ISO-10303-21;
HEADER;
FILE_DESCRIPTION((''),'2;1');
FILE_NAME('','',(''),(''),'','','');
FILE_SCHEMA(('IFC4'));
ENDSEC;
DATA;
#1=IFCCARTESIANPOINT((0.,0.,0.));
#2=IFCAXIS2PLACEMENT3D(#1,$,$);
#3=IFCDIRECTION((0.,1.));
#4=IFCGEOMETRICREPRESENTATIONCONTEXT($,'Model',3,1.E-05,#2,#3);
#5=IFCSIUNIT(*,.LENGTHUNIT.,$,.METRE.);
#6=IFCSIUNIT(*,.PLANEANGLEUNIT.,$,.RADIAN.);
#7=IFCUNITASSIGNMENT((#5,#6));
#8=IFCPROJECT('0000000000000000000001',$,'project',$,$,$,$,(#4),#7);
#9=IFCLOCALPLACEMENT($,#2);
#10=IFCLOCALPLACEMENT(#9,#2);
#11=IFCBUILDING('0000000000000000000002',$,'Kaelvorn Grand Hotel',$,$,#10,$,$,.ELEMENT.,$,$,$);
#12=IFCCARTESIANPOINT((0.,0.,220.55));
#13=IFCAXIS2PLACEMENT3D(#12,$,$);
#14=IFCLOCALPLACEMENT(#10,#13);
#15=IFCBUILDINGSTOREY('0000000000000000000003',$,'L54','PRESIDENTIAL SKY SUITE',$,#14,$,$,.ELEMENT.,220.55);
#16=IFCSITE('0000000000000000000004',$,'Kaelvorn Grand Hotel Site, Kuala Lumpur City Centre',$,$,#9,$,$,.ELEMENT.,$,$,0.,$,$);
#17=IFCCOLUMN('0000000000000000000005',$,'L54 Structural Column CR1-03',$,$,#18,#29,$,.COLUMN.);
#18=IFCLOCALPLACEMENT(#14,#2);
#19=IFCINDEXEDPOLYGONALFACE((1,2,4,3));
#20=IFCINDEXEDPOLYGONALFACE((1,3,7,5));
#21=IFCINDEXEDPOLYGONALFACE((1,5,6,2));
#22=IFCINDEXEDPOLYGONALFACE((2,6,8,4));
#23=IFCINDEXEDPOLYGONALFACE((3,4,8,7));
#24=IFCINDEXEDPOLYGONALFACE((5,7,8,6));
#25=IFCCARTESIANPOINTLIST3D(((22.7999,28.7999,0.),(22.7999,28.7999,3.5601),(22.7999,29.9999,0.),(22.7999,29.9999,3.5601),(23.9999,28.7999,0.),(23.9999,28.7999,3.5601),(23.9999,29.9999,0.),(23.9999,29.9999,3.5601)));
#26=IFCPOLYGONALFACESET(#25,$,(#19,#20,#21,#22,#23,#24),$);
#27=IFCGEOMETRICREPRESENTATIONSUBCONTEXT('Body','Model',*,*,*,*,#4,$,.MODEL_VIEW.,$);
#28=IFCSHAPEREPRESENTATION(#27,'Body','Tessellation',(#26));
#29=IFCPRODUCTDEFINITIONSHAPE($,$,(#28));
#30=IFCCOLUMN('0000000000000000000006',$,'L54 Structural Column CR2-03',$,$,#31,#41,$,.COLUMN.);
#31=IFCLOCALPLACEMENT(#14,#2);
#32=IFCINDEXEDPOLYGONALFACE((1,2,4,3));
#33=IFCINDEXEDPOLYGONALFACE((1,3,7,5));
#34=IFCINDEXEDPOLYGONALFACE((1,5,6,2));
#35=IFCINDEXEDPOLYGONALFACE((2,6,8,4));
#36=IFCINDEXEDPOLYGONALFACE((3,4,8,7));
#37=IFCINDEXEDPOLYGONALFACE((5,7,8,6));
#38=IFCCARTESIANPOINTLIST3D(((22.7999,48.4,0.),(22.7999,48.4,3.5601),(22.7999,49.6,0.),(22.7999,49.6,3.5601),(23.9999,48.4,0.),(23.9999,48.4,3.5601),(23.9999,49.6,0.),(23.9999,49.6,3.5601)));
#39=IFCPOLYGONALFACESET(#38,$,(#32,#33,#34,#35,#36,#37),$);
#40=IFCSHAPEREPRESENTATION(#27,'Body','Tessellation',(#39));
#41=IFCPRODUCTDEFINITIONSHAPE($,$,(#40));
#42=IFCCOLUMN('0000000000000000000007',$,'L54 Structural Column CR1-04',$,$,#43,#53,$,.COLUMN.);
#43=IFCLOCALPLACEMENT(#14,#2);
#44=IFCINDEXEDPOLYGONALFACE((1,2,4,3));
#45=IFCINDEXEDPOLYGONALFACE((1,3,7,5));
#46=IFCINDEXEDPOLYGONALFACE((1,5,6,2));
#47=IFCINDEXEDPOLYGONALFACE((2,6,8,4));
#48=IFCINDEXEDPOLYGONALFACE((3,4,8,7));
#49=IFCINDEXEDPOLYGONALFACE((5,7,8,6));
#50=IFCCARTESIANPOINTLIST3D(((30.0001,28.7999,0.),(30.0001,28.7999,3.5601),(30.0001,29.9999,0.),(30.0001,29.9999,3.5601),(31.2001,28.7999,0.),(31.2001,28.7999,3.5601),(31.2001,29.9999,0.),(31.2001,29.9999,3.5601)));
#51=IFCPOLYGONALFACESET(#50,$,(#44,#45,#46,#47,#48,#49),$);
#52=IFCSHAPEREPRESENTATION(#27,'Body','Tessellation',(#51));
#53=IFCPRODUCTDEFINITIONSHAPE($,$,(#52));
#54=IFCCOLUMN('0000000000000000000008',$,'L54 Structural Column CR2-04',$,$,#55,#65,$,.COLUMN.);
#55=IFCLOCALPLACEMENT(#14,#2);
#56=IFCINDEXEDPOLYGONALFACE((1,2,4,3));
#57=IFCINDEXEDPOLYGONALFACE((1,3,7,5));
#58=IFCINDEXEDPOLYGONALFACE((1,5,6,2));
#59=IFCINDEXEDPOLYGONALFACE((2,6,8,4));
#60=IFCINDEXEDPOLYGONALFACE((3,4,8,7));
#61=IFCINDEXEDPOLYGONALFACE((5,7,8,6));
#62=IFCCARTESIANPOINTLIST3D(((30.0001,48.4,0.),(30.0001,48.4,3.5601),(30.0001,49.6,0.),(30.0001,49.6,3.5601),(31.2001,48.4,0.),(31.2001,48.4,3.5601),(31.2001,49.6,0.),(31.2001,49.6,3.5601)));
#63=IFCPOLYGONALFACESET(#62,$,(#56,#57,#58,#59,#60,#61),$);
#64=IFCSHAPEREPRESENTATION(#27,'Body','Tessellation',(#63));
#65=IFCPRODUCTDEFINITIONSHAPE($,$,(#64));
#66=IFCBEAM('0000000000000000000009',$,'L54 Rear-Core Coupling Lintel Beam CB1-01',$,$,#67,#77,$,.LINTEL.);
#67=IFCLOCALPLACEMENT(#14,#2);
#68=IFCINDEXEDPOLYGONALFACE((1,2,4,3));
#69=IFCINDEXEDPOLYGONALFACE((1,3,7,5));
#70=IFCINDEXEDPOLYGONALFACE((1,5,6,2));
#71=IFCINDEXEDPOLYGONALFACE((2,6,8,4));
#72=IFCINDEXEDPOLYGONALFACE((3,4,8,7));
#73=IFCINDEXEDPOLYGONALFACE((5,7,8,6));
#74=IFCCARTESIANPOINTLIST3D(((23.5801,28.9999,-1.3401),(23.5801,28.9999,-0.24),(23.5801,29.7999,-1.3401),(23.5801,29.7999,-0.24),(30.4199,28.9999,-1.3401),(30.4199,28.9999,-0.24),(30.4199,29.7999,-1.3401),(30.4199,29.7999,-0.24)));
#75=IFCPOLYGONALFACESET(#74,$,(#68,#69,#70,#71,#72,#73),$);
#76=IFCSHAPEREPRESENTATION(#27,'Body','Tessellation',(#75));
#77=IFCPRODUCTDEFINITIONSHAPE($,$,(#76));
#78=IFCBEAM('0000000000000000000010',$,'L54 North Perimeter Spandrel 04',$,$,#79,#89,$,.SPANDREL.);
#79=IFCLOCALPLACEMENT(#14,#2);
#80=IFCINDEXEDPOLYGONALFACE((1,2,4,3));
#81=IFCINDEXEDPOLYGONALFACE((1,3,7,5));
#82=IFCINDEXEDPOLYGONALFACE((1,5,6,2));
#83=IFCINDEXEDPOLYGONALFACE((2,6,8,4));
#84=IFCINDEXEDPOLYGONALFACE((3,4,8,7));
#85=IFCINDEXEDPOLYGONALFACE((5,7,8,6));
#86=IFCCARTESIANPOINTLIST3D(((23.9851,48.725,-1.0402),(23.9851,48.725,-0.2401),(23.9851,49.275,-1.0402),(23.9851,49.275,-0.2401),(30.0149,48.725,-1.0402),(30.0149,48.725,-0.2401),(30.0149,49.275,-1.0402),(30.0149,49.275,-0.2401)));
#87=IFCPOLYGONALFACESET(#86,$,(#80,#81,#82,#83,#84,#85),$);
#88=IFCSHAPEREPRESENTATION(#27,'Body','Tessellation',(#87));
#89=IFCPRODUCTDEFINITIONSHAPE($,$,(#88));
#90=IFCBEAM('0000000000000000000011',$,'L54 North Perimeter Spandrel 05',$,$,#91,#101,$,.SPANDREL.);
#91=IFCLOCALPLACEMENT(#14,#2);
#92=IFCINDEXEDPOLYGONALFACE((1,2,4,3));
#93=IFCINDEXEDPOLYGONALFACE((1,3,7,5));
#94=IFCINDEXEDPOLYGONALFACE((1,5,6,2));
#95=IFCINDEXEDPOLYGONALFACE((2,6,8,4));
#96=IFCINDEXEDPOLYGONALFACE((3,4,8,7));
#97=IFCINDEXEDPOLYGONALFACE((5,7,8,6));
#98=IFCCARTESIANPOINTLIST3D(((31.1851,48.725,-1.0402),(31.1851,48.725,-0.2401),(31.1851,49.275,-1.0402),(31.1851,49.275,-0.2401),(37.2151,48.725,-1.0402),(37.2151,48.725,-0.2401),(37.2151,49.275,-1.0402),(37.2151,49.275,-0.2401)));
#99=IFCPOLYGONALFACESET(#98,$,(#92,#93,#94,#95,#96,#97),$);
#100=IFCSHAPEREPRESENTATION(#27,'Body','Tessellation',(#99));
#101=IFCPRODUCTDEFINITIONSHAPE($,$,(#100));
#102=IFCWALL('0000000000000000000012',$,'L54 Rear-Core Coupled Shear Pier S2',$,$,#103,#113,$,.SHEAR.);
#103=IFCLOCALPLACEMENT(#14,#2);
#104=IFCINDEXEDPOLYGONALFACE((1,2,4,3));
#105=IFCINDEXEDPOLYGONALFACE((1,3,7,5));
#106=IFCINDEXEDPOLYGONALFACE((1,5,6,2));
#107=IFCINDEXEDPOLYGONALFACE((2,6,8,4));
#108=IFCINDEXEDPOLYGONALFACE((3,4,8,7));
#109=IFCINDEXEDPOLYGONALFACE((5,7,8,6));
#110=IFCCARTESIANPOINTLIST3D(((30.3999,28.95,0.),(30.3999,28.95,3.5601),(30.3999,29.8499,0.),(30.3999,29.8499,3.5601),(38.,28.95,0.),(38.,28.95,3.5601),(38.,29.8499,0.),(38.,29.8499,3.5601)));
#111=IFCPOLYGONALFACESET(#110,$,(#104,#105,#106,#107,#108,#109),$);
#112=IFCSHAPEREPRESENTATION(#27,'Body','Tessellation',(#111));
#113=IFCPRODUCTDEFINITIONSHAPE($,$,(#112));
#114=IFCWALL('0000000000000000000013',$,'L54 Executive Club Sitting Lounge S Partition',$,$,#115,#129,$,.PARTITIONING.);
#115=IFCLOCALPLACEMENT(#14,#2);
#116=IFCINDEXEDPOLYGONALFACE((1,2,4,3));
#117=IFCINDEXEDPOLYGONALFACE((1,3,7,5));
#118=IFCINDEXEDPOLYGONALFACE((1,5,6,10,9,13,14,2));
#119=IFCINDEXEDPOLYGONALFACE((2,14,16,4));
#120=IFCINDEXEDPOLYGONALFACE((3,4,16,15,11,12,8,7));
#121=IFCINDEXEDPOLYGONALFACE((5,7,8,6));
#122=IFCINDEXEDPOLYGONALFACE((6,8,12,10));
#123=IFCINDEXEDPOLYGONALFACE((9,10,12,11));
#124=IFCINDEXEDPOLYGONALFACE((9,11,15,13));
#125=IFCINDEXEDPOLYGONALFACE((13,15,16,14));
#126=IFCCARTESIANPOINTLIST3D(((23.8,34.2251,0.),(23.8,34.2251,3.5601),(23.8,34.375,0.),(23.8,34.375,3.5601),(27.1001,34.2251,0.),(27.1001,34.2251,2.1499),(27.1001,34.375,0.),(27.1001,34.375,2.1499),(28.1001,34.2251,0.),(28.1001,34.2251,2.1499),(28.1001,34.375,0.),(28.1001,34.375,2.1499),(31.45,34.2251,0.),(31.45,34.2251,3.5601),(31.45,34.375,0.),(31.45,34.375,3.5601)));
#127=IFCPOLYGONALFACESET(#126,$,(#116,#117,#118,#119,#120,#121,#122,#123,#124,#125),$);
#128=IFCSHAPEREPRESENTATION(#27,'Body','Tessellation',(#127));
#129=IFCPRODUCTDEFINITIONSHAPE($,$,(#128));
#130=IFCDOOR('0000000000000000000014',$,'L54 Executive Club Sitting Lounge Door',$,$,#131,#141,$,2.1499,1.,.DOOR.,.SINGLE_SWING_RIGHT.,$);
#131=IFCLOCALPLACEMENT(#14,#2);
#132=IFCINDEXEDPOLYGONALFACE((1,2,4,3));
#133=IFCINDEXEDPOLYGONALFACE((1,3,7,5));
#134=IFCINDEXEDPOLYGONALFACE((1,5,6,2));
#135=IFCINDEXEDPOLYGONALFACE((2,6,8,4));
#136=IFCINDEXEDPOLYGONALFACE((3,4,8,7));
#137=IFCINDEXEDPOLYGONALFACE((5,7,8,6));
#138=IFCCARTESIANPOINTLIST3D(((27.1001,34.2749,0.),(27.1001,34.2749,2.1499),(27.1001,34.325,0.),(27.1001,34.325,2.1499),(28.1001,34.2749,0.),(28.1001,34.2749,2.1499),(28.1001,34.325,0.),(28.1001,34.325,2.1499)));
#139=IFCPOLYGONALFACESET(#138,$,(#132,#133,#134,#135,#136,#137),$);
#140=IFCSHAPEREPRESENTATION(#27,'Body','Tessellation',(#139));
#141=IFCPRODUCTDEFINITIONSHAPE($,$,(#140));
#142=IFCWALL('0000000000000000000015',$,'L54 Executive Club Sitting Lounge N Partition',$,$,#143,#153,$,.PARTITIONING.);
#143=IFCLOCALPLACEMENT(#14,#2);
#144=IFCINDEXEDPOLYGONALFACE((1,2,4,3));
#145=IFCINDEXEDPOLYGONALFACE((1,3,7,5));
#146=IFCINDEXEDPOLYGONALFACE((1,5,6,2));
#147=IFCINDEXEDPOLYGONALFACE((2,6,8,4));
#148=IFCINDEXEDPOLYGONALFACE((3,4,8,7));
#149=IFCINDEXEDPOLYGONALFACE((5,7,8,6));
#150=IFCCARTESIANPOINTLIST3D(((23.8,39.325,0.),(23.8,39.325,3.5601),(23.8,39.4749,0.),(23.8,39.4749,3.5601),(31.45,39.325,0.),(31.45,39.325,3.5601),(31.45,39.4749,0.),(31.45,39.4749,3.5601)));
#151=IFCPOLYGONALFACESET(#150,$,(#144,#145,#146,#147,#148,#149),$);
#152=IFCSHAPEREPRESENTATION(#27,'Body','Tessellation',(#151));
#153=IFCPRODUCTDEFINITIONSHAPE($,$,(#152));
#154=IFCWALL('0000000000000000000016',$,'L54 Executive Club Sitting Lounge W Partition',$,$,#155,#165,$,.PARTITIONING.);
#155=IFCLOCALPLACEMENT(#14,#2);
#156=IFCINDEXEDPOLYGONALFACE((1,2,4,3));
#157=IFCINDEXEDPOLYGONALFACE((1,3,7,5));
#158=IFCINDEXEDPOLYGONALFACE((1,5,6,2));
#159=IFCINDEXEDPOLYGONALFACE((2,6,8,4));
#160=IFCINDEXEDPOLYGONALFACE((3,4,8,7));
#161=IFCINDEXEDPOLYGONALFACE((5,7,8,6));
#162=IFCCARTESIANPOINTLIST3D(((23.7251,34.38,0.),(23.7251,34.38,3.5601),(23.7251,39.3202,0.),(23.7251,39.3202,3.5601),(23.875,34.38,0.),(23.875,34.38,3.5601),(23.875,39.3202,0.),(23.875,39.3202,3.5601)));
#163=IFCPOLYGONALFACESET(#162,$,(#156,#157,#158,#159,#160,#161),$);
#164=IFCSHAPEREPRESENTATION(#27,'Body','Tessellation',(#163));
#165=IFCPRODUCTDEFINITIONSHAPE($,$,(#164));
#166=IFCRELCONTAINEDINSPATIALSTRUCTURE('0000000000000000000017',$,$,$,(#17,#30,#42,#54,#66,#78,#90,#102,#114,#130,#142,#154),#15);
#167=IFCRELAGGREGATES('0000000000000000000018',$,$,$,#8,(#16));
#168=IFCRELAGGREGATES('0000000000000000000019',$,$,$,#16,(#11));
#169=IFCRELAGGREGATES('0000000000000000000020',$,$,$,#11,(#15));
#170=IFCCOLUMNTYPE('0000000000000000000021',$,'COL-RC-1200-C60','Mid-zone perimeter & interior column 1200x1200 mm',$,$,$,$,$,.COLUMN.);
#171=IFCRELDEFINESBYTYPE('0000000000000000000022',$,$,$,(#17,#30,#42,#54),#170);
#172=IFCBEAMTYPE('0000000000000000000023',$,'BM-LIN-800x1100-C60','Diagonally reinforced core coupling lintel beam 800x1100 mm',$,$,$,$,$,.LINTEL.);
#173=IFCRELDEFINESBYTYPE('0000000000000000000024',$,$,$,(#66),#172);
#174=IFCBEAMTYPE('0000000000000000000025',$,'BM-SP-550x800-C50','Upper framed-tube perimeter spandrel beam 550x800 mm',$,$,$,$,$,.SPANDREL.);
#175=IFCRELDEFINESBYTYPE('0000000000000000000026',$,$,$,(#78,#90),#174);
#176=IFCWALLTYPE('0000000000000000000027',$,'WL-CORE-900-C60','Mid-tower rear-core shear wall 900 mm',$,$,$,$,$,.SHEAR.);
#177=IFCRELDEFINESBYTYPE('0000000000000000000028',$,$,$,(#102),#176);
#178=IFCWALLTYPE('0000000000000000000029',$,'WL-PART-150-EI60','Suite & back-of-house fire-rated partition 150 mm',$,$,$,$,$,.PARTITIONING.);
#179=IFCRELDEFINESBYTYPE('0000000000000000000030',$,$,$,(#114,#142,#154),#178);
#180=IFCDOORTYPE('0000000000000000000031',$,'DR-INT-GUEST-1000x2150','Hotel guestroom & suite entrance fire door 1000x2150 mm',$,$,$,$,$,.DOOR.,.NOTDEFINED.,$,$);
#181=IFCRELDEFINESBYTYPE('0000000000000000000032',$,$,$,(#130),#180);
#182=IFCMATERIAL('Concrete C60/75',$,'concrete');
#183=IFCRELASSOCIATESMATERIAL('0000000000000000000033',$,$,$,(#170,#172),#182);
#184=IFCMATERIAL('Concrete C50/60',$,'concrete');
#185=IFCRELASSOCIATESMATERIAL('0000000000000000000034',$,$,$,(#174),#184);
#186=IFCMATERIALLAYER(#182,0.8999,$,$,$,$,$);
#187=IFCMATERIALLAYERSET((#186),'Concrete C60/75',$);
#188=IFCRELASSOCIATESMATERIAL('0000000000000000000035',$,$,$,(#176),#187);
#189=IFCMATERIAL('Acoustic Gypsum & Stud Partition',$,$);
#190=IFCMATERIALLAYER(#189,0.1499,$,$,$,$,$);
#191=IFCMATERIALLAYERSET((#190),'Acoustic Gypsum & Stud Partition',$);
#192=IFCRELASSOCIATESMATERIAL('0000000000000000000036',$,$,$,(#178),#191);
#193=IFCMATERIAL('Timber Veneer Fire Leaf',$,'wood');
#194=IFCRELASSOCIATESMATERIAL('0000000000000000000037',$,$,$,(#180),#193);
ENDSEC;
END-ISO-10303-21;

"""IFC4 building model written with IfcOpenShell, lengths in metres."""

from ifc_helpers import new_model, si_unit, direction, frame, frame_2d, origin, origin_2d, place, context, subcontext, project, spatial, rectangle, extrude, material, layer, layer_set, material_profile, profile_set, type_object, element, fill, save


model = new_model("IFC4")

# Units and contexts
model_context = context("Model", 3, precision=1e-05, world=origin(), true_north=direction((0.0, 1.0)))
body_context = subcontext(model_context, "Body", "Model", "MODEL_VIEW")
ifc_project = project(units=[si_unit("LENGTHUNIT", "METRE"), si_unit("PLANEANGLEUNIT", "RADIAN")], contexts=[model_context])

# Site, building, storey
site_placement = place(None, origin())
site = spatial("IfcSite", under=ifc_project, at=site_placement, Name="Kaelvorn Grand Hotel Site, Kuala Lumpur City Centre", CompositionType="ELEMENT", RefElevation=0.0)
building_placement = place(site_placement, origin())
building = spatial("IfcBuilding", under=site, at=building_placement, Name="Kaelvorn Grand Hotel", CompositionType="ELEMENT")
storey_placement = place(building_placement, frame((0.0, 0.0, 220.55)))
storey = spatial("IfcBuildingStorey", under=building, at=storey_placement, Name="L54", Description="PRESIDENTIAL SKY SUITE", CompositionType="ELEMENT", Elevation=220.55)

# Columns
ifc_material_1 = material(Name="Concrete C60/75", Category="concrete")
ifc_material_profile_1 = material_profile(ifc_material_1, rectangle(XDim=1.2, YDim=1.2, at=origin_2d()), Name="RC COL 1200x1200")
ifc_profile_set_1 = profile_set([ifc_material_profile_1], Name="Concrete C60/75")
column_type = type_object("IfcColumnType", Name="COL-RC-1200-C60", Description="Mid-zone perimeter & interior column 1200x1200 mm", PredefinedType="COLUMN", material=ifc_profile_set_1)
for number, where, z_axis, x_axis, name in (
    (1, (23.3999, 29.3999, 0.0), (0.0, 0.0, 1.0), (1.0, 0.0, 0.0), "L54 Structural Column CR1-03"),
    (2, (23.3999, 49.0, 0.0), (0.0, 0.0, 1.0), (1.0, 0.0, 0.0), "L54 Structural Column CR2-03"),
    (3, (30.6001, 29.3999, 0.0), (0.0, 0.0, 1.0), (1.0, 0.0, 0.0), "L54 Structural Column CR1-04"),
    (4, (30.6001, 49.0, 0.0), (0.0, 0.0, 1.0), (1.0, 0.0, 0.0), "L54 Structural Column CR2-04"),
):
    element("IfcColumn", number, at=place(storey_placement, frame(where, z_axis=z_axis, x_axis=x_axis)), inside=storey, type_object=column_type, Name=name, PredefinedType="COLUMN", context=body_context, shape_type="SweptSolid", body=[
        extrude(rectangle(XDim=1.2, YDim=1.2, at=origin_2d()), origin(), (0.0, 0.0, 1.0), 3.5601),
    ])

# Beams
ifc_material_profile_2 = material_profile(ifc_material_1, rectangle(XDim=0.8, YDim=1.1001, at=origin_2d()), Name="RC LINTEL 800x1100")
ifc_profile_set_2 = profile_set([ifc_material_profile_2], Name="Concrete C60/75")
beam_type_1 = type_object("IfcBeamType", Name="BM-LIN-800x1100-C60", Description="Diagonally reinforced core coupling lintel beam 800x1100 mm", PredefinedType="LINTEL", material=ifc_profile_set_2)
beam_1_placement = place(storey_placement, frame((23.5801, 29.3999, -0.79), z_axis=(1.0, 0.0, 0.0), x_axis=(0.0, 1.0, 0.0)))
element("IfcBeam", 5, at=beam_1_placement, inside=storey, type_object=beam_type_1, Name="L54 Rear-Core Coupling Lintel Beam CB1-01", PredefinedType="LINTEL", context=body_context, shape_type="SweptSolid", body=[
    extrude(rectangle(XDim=0.8, YDim=1.1001, at=origin_2d()), origin(), (0.0, 0.0, 1.0), 6.8398),
])
ifc_material_2 = material(Name="Concrete C50/60", Category="concrete")
ifc_material_profile_3 = material_profile(ifc_material_2, rectangle(XDim=0.55, YDim=0.8, at=origin_2d()), Name="RC SPANDREL 550x800")
ifc_profile_set_3 = profile_set([ifc_material_profile_3], Name="Concrete C50/60")
beam_type_2 = type_object("IfcBeamType", Name="BM-SP-550x800-C50", Description="Upper framed-tube perimeter spandrel beam 550x800 mm", PredefinedType="SPANDREL", material=ifc_profile_set_3)
beam_2_placement = place(storey_placement, frame((23.9851, 49.0, -0.6401), z_axis=(1.0, 0.0, 0.0), x_axis=(0.0, 1.0, 0.0)))
element("IfcBeam", 6, at=beam_2_placement, inside=storey, type_object=beam_type_2, Name="L54 North Perimeter Spandrel 04", PredefinedType="SPANDREL", context=body_context, shape_type="SweptSolid", body=[
    extrude(rectangle(XDim=0.55, YDim=0.8, at=origin_2d()), origin(), (0.0, 0.0, 1.0), 6.0298),
])
beam_3_placement = place(storey_placement, frame((31.1851, 49.0, -0.6401), z_axis=(1.0, 0.0, 0.0), x_axis=(0.0, 1.0, 0.0)))
element("IfcBeam", 7, at=beam_3_placement, inside=storey, type_object=beam_type_2, Name="L54 North Perimeter Spandrel 05", PredefinedType="SPANDREL", context=body_context, shape_type="SweptSolid", body=[
    extrude(rectangle(XDim=0.55, YDim=0.8, at=origin_2d()), origin(), (0.0, 0.0, 1.0), 6.03),
])

# Wall
ifc_layer_1 = layer(ifc_material_1, 0.8999)
ifc_layer_set_1 = layer_set([ifc_layer_1], Name="Concrete C60/75")
wall_type_1 = type_object("IfcWallType", Name="WL-CORE-900-C60", Description="Mid-tower rear-core shear wall 900 mm", PredefinedType="SHEAR", material=ifc_layer_set_1)
wall_1_placement = place(storey_placement, frame((30.3999, 29.3999, 0.0), z_axis=(0.0, 0.0, 1.0), x_axis=(1.0, 0.0, 0.0)))
element("IfcWall", 8, at=wall_1_placement, inside=storey, type_object=wall_type_1, Name="L54 Rear-Core Coupled Shear Pier S2", PredefinedType="SHEAR", context=body_context, shape_type="SweptSolid", body=[
    extrude(rectangle(XDim=7.6001, YDim=0.8999, at=frame_2d((3.8, 0.0))), origin(), (0.0, 0.0, 1.0), 3.5601),
])

# Wall, opening, door
ifc_material_3 = material(Name="Acoustic Gypsum & Stud Partition")
ifc_layer_2 = layer(ifc_material_3, 0.1499)
ifc_layer_set_2 = layer_set([ifc_layer_2], Name="Acoustic Gypsum & Stud Partition")
wall_type_2 = type_object("IfcWallType", Name="WL-PART-150-EI60", Description="Suite & back-of-house fire-rated partition 150 mm", PredefinedType="PARTITIONING", material=ifc_layer_set_2)
wall_2_placement = place(storey_placement, frame((23.8, 34.3, 0.0), z_axis=(0.0, 0.0, 1.0), x_axis=(1.0, 0.0, 0.0)))
wall_2 = element("IfcWall", 9, at=wall_2_placement, inside=storey, type_object=wall_type_2, Name="L54 Executive Club Sitting Lounge S Partition", PredefinedType="PARTITIONING", context=body_context, shape_type="SweptSolid", body=[
    extrude(rectangle(XDim=7.6499, YDim=0.1499, at=frame_2d((3.825, 0.0))), origin(), (0.0, 0.0, 1.0), 3.5601),
])
opening_1_placement = place(wall_2_placement, frame((3.3, 0.0, 0.0)))
opening_1 = element("IfcOpeningElement", 10, at=opening_1_placement, cuts=wall_2, PredefinedType="OPENING", context=body_context, shape_type="SweptSolid", body=[
    extrude(rectangle(XDim=1.0, YDim=2.1499, at=frame_2d((0.5, 1.075))), frame((0.0, 0.085, 0.0), z_axis=(0.0, -1.0, 0.0), x_axis=(1.0, 0.0, 0.0)), (0.0, 0.0, 1.0), 0.1699),
])
ifc_material_4 = material(Name="Timber Veneer Fire Leaf", Category="wood")
door_type_1 = type_object("IfcDoorType", Name="DR-INT-GUEST-1000x2150", Description="Hotel guestroom & suite entrance fire door 1000x2150 mm", OperationType="NOTDEFINED", PredefinedType="DOOR", material=ifc_material_4)
door_1_placement = place(opening_1_placement, origin())
door_1 = element("IfcDoor", 11, at=door_1_placement, inside=storey, type_object=door_type_1, Name="L54 Executive Club Sitting Lounge Door", OperationType="SINGLE_SWING_RIGHT", OverallHeight=2.1499, OverallWidth=1.0, PredefinedType="DOOR", context=body_context, shape_type="SweptSolid", body=[
    extrude(rectangle(XDim=1.0, YDim=2.1499, at=frame_2d((0.5, 1.075))), frame((0.0, 0.0249, 0.0), z_axis=(0.0, -1.0, 0.0), x_axis=(1.0, 0.0, 0.0)), (0.0, 0.0, 1.0), 0.05),
])
fill(opening_1, door_1)

# Walls
wall_3_placement = place(storey_placement, frame((23.8, 39.3999, 0.0), z_axis=(0.0, 0.0, 1.0), x_axis=(1.0, 0.0, 0.0)))
element("IfcWall", 12, at=wall_3_placement, inside=storey, type_object=wall_type_2, Name="L54 Executive Club Sitting Lounge N Partition", PredefinedType="PARTITIONING", context=body_context, shape_type="SweptSolid", body=[
    extrude(rectangle(XDim=7.6499, YDim=0.1499, at=frame_2d((3.825, 0.0))), origin(), (0.0, 0.0, 1.0), 3.5601),
])
wall_4_placement = place(storey_placement, frame((23.8, 34.3799, 0.0), z_axis=(0.0, 0.0, 1.0), x_axis=(0.0, 1.0, 0.0)))
element("IfcWall", 13, at=wall_4_placement, inside=storey, type_object=wall_type_2, Name="L54 Executive Club Sitting Lounge W Partition", PredefinedType="PARTITIONING", context=body_context, shape_type="SweptSolid", body=[
    extrude(rectangle(XDim=4.9402, YDim=0.1499, at=frame_2d((2.4702, 0.0))), origin(), (0.0, 0.0, 1.0), 3.5601),
])

save(model, "model.ifc")
